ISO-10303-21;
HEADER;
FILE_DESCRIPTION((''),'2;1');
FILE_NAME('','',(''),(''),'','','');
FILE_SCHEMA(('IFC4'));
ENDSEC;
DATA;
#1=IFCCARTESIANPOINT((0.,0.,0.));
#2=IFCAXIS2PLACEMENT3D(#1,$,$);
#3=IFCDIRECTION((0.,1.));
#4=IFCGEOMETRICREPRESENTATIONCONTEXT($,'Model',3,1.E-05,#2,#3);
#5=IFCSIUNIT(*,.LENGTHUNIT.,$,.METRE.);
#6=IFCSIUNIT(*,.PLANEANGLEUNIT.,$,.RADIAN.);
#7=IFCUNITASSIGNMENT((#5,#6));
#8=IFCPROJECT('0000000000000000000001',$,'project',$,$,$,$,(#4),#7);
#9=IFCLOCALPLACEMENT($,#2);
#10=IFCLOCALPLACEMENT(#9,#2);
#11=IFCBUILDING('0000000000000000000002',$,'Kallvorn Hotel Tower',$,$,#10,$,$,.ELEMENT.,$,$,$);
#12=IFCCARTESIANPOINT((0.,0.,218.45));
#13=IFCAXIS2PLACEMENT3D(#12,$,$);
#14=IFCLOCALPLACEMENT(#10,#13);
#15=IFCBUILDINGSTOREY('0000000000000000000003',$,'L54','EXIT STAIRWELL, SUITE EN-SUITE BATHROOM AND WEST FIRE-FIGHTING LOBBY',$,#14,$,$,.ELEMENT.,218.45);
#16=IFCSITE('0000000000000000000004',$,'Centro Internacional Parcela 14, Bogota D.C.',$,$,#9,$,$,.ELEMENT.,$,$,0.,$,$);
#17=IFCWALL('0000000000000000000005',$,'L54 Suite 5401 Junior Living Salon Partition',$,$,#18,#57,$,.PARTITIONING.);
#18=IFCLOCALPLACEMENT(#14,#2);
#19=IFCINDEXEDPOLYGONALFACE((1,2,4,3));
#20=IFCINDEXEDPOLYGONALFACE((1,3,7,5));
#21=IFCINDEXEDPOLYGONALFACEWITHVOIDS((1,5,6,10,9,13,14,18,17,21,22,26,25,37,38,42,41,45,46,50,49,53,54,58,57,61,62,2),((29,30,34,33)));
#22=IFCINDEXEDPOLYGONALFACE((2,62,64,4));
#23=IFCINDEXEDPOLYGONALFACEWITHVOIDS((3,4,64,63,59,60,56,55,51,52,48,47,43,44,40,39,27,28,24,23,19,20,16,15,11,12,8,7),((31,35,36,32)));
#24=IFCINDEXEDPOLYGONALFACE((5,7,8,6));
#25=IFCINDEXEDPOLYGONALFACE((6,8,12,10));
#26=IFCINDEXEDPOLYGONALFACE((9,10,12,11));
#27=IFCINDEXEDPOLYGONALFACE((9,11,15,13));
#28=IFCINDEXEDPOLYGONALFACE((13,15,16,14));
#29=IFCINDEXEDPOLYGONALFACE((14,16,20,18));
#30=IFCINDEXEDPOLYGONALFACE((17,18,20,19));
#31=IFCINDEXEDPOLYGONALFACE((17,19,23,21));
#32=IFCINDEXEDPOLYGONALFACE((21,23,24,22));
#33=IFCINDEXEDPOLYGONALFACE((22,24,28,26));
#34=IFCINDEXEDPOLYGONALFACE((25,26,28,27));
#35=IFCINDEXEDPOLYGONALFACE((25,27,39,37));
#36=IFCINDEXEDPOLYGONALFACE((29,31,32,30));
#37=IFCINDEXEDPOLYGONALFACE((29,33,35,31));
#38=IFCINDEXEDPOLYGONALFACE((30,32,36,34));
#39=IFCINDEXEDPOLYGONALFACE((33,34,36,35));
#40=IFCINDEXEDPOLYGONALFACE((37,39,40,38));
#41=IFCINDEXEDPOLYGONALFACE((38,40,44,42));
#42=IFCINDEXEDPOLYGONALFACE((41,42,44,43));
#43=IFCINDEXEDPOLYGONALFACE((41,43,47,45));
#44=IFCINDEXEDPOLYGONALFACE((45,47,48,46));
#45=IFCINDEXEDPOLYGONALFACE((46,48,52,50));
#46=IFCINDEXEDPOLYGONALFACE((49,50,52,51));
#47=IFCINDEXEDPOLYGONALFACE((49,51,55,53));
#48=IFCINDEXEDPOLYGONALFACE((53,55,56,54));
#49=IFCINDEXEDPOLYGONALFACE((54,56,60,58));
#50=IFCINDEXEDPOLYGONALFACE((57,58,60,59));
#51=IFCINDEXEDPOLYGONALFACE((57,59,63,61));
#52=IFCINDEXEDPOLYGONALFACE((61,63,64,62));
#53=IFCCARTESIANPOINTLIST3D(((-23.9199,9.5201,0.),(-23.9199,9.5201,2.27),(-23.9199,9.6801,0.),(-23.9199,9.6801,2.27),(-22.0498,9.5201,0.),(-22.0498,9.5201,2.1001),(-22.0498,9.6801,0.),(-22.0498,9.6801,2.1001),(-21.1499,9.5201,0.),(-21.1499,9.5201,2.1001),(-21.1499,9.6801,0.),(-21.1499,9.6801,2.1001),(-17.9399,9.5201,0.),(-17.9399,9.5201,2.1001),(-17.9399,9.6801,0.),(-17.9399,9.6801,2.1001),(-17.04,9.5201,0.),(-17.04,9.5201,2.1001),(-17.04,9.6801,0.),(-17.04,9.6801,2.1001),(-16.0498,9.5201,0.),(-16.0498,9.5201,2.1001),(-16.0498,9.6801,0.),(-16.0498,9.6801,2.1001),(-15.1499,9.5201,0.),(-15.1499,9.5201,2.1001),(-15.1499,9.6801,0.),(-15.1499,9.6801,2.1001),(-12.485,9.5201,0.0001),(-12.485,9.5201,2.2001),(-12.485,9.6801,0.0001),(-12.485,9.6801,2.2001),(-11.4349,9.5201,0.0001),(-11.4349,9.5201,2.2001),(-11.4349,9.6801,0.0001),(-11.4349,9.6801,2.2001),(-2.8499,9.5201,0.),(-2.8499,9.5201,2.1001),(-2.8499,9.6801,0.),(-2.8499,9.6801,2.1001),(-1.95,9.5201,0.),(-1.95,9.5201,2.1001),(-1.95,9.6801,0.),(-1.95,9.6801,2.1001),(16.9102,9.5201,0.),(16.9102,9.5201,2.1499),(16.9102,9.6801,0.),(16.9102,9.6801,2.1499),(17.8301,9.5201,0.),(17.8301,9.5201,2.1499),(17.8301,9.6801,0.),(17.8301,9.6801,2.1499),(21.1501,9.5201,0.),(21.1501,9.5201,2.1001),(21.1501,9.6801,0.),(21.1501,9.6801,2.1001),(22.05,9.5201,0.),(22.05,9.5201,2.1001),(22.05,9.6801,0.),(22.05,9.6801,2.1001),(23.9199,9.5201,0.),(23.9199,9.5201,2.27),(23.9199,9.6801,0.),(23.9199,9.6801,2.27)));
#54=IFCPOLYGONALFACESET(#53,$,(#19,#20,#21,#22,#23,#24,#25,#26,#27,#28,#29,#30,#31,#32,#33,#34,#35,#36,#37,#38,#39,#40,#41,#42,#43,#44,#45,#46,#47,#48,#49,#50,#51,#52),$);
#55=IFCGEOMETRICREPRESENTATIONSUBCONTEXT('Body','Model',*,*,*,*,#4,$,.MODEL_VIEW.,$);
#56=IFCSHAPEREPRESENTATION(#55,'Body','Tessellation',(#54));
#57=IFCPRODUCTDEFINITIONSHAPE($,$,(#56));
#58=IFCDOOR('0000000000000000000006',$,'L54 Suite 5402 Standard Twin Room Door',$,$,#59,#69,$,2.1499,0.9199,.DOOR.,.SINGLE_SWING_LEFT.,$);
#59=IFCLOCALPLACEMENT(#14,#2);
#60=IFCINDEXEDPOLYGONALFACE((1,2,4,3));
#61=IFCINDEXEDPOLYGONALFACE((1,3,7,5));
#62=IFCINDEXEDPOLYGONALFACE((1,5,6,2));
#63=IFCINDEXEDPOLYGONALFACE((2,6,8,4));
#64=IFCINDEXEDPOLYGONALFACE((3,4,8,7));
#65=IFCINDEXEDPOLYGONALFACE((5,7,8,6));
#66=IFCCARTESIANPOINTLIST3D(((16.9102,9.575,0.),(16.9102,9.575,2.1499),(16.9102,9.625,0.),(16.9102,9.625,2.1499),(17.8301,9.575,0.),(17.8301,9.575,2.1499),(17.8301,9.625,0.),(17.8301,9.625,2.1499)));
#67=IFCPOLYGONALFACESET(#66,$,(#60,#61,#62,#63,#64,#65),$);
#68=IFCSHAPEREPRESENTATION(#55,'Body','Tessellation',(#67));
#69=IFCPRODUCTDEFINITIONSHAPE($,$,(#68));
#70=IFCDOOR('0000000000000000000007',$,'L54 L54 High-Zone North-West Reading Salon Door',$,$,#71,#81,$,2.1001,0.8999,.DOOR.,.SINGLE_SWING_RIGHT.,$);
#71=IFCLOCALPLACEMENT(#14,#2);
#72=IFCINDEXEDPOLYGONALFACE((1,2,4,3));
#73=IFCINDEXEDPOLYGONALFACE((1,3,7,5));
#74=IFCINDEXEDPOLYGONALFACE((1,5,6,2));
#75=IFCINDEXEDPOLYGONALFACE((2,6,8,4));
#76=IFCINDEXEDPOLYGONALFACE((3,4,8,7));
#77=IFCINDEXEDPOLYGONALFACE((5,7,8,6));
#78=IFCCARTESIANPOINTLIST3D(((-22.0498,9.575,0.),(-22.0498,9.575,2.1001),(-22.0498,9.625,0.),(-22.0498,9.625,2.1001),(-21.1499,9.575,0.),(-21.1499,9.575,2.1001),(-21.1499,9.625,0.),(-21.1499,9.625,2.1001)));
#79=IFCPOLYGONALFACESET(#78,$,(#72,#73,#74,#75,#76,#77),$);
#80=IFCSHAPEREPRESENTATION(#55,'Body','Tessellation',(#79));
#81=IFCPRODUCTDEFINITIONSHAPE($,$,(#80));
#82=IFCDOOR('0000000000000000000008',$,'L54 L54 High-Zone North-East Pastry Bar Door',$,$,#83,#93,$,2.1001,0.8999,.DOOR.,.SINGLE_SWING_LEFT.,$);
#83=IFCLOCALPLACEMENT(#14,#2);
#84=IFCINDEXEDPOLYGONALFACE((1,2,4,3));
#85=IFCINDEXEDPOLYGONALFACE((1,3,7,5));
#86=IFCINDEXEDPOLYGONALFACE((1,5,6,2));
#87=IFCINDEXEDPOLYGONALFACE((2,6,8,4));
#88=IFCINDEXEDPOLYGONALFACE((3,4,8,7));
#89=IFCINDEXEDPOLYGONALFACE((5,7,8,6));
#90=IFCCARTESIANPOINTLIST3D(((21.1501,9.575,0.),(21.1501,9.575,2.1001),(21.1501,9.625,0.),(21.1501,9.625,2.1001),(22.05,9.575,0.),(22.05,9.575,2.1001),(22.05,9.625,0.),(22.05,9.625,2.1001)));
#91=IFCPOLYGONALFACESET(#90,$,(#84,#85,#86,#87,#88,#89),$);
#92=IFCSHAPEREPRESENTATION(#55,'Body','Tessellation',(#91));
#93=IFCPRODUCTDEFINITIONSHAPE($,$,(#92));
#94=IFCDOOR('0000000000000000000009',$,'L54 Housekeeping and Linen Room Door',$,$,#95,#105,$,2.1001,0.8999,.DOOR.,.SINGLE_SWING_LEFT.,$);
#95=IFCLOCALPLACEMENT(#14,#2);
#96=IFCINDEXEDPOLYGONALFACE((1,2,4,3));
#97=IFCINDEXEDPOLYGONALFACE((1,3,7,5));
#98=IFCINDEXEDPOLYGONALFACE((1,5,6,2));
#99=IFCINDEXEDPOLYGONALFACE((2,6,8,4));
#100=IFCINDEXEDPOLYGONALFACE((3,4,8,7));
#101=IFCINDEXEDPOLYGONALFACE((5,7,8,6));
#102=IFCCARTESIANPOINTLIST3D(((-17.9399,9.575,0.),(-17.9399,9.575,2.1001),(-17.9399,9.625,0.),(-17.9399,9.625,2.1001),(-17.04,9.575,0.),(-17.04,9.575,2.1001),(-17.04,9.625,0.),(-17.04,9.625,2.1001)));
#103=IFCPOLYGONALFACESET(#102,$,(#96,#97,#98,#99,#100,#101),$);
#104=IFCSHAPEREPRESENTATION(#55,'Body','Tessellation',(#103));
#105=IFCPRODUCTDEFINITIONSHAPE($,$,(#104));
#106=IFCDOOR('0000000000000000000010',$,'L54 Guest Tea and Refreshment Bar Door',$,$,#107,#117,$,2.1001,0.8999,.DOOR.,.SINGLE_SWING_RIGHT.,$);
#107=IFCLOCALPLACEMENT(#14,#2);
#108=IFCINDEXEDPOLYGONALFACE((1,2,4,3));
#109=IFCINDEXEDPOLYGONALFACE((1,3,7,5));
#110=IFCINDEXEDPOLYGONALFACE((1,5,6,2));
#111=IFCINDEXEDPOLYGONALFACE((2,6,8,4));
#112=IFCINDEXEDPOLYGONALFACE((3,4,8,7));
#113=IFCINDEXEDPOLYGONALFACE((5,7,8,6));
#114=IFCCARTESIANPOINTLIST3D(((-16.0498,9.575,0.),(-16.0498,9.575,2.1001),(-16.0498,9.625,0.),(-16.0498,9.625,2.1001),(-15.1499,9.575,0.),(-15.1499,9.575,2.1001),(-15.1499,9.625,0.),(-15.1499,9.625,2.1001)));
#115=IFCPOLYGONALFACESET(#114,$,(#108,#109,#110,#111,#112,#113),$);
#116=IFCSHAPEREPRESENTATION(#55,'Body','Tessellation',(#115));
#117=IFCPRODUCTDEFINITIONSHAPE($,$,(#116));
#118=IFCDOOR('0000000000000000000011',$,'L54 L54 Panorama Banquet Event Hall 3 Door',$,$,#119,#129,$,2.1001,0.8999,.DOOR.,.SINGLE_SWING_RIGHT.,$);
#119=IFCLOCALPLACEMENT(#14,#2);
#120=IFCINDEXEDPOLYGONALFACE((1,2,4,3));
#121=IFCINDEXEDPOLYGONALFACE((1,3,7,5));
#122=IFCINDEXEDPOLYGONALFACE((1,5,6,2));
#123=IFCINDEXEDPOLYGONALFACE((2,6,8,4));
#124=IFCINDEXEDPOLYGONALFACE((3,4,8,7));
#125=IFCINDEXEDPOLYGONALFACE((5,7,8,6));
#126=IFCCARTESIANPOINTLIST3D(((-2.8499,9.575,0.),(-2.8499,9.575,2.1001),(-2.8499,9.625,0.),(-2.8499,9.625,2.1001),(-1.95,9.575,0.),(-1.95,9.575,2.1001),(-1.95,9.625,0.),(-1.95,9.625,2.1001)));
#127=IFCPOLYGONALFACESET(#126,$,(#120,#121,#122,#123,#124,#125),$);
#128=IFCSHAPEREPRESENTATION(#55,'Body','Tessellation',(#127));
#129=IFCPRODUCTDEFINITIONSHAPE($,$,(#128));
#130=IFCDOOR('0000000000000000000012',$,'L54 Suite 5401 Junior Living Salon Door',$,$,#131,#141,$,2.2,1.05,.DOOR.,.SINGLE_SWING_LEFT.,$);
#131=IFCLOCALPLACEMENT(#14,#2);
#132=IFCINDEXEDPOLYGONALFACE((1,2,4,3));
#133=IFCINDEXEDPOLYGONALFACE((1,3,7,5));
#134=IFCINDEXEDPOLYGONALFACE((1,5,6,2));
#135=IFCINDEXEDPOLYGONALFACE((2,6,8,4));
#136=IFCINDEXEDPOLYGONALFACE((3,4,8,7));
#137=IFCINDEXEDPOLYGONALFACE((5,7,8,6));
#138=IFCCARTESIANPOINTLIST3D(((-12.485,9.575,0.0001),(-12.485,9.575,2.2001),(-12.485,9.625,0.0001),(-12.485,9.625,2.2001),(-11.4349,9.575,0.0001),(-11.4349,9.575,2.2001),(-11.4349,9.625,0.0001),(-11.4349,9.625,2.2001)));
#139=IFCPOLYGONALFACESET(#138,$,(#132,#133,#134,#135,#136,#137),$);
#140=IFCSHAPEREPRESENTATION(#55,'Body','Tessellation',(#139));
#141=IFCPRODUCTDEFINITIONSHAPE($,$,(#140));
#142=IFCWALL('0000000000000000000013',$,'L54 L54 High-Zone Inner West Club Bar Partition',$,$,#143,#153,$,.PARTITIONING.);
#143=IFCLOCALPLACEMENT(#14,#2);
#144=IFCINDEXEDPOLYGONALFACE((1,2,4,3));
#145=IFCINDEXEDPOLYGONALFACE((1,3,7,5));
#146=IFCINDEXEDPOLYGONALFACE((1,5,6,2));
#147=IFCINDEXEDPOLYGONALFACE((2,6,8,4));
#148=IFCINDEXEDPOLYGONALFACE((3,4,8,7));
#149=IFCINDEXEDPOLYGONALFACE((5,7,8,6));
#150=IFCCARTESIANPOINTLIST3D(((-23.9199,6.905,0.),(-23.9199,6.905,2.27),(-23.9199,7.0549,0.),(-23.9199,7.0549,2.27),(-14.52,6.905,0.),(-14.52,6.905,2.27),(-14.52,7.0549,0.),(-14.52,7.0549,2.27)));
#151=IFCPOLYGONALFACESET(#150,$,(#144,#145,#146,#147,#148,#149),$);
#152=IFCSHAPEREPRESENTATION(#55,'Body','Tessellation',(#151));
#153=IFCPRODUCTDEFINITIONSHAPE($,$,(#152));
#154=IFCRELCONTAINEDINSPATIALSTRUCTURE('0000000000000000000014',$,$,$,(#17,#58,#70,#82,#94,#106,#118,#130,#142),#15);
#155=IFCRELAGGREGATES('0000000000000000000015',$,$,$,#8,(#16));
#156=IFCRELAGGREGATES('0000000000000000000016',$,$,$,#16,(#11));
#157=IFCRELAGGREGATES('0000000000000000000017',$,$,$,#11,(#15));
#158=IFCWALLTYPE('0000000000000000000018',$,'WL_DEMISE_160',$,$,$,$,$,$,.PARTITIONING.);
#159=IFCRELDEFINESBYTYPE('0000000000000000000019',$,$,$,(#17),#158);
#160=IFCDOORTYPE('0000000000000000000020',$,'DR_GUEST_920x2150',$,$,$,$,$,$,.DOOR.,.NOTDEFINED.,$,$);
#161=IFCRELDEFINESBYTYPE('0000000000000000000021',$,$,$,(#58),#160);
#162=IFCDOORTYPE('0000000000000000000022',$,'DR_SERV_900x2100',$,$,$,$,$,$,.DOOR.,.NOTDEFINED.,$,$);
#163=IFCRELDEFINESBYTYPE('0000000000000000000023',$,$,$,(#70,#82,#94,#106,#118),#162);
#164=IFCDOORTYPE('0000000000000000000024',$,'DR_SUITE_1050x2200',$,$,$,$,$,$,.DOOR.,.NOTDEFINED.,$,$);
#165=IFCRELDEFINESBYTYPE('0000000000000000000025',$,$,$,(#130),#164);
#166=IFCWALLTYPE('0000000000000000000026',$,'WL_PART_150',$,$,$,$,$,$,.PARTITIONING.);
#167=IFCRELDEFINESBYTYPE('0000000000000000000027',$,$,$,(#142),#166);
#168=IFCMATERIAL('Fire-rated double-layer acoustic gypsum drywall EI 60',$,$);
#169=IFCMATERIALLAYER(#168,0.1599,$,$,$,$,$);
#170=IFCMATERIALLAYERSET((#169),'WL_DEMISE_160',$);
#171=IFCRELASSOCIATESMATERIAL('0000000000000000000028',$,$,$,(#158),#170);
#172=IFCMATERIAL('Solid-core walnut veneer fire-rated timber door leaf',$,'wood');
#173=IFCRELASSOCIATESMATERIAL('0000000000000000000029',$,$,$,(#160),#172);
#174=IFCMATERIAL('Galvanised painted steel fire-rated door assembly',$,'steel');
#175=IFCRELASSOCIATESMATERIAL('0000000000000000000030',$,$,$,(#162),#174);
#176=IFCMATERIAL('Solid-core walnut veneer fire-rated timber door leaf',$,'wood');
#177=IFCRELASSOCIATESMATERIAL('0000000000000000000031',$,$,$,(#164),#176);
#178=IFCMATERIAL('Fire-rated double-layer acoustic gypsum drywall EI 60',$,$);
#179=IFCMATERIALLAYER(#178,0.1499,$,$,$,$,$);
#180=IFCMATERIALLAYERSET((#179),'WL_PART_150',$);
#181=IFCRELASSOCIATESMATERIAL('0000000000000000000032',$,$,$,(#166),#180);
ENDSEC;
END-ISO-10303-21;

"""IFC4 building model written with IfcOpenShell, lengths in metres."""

from ifc_helpers import new_model, si_unit, direction, frame, frame_2d, origin, place, context, subcontext, project, spatial, rectangle, extrude, material, layer, layer_set, type_object, element, fill, save


model = new_model("IFC4")

# Units and contexts
model_context = context("Model", 3, precision=1e-05, world=origin(), true_north=direction((0.0, 1.0)))
body_context = subcontext(model_context, "Body", "Model", "MODEL_VIEW")
ifc_project = project(units=[si_unit("LENGTHUNIT", "METRE"), si_unit("PLANEANGLEUNIT", "RADIAN")], contexts=[model_context])

# Site, building, storey
site_placement = place(None, origin())
site = spatial("IfcSite", under=ifc_project, at=site_placement, Name="Centro Internacional Parcela 14, Bogota D.C.", CompositionType="ELEMENT", RefElevation=0.0)
building_placement = place(site_placement, origin())
building = spatial("IfcBuilding", under=site, at=building_placement, Name="Kallvorn Hotel Tower", CompositionType="ELEMENT")
storey_placement = place(building_placement, frame((0.0, 0.0, 218.45)))
storey = spatial("IfcBuildingStorey", under=building, at=storey_placement, Name="L54", Description="EXIT STAIRWELL, SUITE EN-SUITE BATHROOM AND WEST FIRE-FIGHTING LOBBY", CompositionType="ELEMENT", Elevation=218.45)

# Wall, openings, doors
ifc_material_1 = material(Name="Fire-rated double-layer acoustic gypsum drywall EI 60")
ifc_layer_1 = layer(ifc_material_1, 0.1599)
ifc_layer_set_1 = layer_set([ifc_layer_1], Name="WL_DEMISE_160")
wall_type_1 = type_object("IfcWallType", Name="WL_DEMISE_160", PredefinedType="PARTITIONING", material=ifc_layer_set_1)
wall_1_placement = place(storey_placement, frame((-23.9199, 9.6001, 0.0), z_axis=(0.0, 0.0, 1.0), x_axis=(1.0, 0.0, 0.0)))
wall_1 = element("IfcWall", 1, at=wall_1_placement, inside=storey, type_object=wall_type_1, Name="L54 Suite 5401 Junior Living Salon Partition", PredefinedType="PARTITIONING", context=body_context, shape_type="SweptSolid", body=[
    extrude(rectangle(XDim=47.8398, YDim=0.1599, at=frame_2d((23.9199, 0.0))), origin(), (0.0, 0.0, 1.0), 2.27),
])
opening_1_placement = place(wall_1_placement, frame((1.8701, 0.0, 0.0)))
opening_1 = element("IfcOpeningElement", 2, at=opening_1_placement, cuts=wall_1, PredefinedType="OPENING", context=body_context, shape_type="SweptSolid", body=[
    extrude(rectangle(XDim=0.8999, YDim=2.1001, at=frame_2d((0.45, 1.05))), frame((0.0, 0.095, 0.0), z_axis=(0.0, -1.0, 0.0), x_axis=(1.0, 0.0, 0.0)), (0.0, 0.0, 1.0), 0.1899),
])
opening_2_placement = place(wall_1_placement, frame((45.0701, 0.0, 0.0)))
opening_2 = element("IfcOpeningElement", 3, at=opening_2_placement, cuts=wall_1, PredefinedType="OPENING", context=body_context, shape_type="SweptSolid", body=[
    extrude(rectangle(XDim=0.8999, YDim=2.1001, at=frame_2d((0.45, 1.05))), frame((0.0, 0.095, 0.0), z_axis=(0.0, -1.0, 0.0), x_axis=(1.0, 0.0, 0.0)), (0.0, 0.0, 1.0), 0.1899),
])
opening_3_placement = place(wall_1_placement, frame((5.98, 0.0, 0.0)))
opening_3 = element("IfcOpeningElement", 4, at=opening_3_placement, cuts=wall_1, PredefinedType="OPENING", context=body_context, shape_type="SweptSolid", body=[
    extrude(rectangle(XDim=0.8999, YDim=2.1001, at=frame_2d((0.45, 1.05))), frame((0.0, 0.095, 0.0), z_axis=(0.0, -1.0, 0.0), x_axis=(1.0, 0.0, 0.0)), (0.0, 0.0, 1.0), 0.1899),
])
opening_4_placement = place(wall_1_placement, frame((7.8701, 0.0, 0.0)))
opening_4 = element("IfcOpeningElement", 5, at=opening_4_placement, cuts=wall_1, PredefinedType="OPENING", context=body_context, shape_type="SweptSolid", body=[
    extrude(rectangle(XDim=0.8999, YDim=2.1001, at=frame_2d((0.45, 1.05))), frame((0.0, 0.095, 0.0), z_axis=(0.0, -1.0, 0.0), x_axis=(1.0, 0.0, 0.0)), (0.0, 0.0, 1.0), 0.1899),
])
opening_5_placement = place(wall_1_placement, frame((11.4351, 0.0, 0.0)))
opening_5 = element("IfcOpeningElement", 6, at=opening_5_placement, cuts=wall_1, PredefinedType="OPENING", context=body_context, shape_type="SweptSolid", body=[
    extrude(rectangle(XDim=1.05, YDim=2.2, at=frame_2d((0.5249, 1.1001))), frame((0.0, 0.095, 0.0), z_axis=(0.0, -1.0, 0.0), x_axis=(1.0, 0.0, 0.0)), (0.0, 0.0, 1.0), 0.1899),
])
opening_6_placement = place(wall_1_placement, frame((21.0701, 0.0, 0.0)))
opening_6 = element("IfcOpeningElement", 7, at=opening_6_placement, cuts=wall_1, PredefinedType="OPENING", context=body_context, shape_type="SweptSolid", body=[
    extrude(rectangle(XDim=0.8999, YDim=2.1001, at=frame_2d((0.45, 1.05))), frame((0.0, 0.095, 0.0), z_axis=(0.0, -1.0, 0.0), x_axis=(1.0, 0.0, 0.0)), (0.0, 0.0, 1.0), 0.1899),
])
opening_7_placement = place(wall_1_placement, frame((40.8301, 0.0, 0.0)))
opening_7 = element("IfcOpeningElement", 8, at=opening_7_placement, cuts=wall_1, PredefinedType="OPENING", context=body_context, shape_type="SweptSolid", body=[
    extrude(rectangle(XDim=0.9199, YDim=2.1499, at=frame_2d((0.46, 1.075))), frame((0.0, 0.095, 0.0), z_axis=(0.0, -1.0, 0.0), x_axis=(1.0, 0.0, 0.0)), (0.0, 0.0, 1.0), 0.1899),
])
ifc_material_2 = material(Name="Solid-core walnut veneer fire-rated timber door leaf", Category="wood")
door_type_1 = type_object("IfcDoorType", Name="DR_GUEST_920x2150", OperationType="NOTDEFINED", PredefinedType="DOOR", material=ifc_material_2)
door_1_placement = place(opening_7_placement, origin())
door_1 = element("IfcDoor", 9, at=door_1_placement, inside=storey, type_object=door_type_1, Name="L54 Suite 5402 Standard Twin Room Door", OperationType="SINGLE_SWING_LEFT", OverallHeight=2.1499, OverallWidth=0.9199, PredefinedType="DOOR", context=body_context, shape_type="SweptSolid", body=[
    extrude(rectangle(XDim=0.9199, YDim=2.1499, at=frame_2d((0.46, 1.075))), frame((0.0, 0.0249, 0.0), z_axis=(0.0, -1.0, 0.0), x_axis=(1.0, 0.0, 0.0)), (0.0, 0.0, 1.0), 0.05),
])
fill(opening_7, door_1)
ifc_material_3 = material(Name="Galvanised painted steel fire-rated door assembly", Category="steel")
door_type_2 = type_object("IfcDoorType", Name="DR_SERV_900x2100", OperationType="NOTDEFINED", PredefinedType="DOOR", material=ifc_material_3)
door_2_placement = place(opening_1_placement, origin())
door_2 = element("IfcDoor", 10, at=door_2_placement, inside=storey, type_object=door_type_2, Name="L54 L54 High-Zone North-West Reading Salon Door", OperationType="SINGLE_SWING_RIGHT", OverallHeight=2.1001, OverallWidth=0.8999, PredefinedType="DOOR", context=body_context, shape_type="SweptSolid", body=[
    extrude(rectangle(XDim=0.8999, YDim=2.1001, at=frame_2d((0.45, 1.05))), frame((0.0, 0.0249, 0.0), z_axis=(0.0, -1.0, 0.0), x_axis=(1.0, 0.0, 0.0)), (0.0, 0.0, 1.0), 0.05),
])
fill(opening_1, door_2)
door_3_placement = place(opening_2_placement, origin())
door_3 = element("IfcDoor", 11, at=door_3_placement, inside=storey, type_object=door_type_2, Name="L54 L54 High-Zone North-East Pastry Bar Door", OperationType="SINGLE_SWING_LEFT", OverallHeight=2.1001, OverallWidth=0.8999, PredefinedType="DOOR", context=body_context, shape_type="SweptSolid", body=[
    extrude(rectangle(XDim=0.8999, YDim=2.1001, at=frame_2d((0.45, 1.05))), frame((0.0, 0.0249, 0.0), z_axis=(0.0, -1.0, 0.0), x_axis=(1.0, 0.0, 0.0)), (0.0, 0.0, 1.0), 0.05),
])
fill(opening_2, door_3)
door_4_placement = place(opening_3_placement, origin())
door_4 = element("IfcDoor", 12, at=door_4_placement, inside=storey, type_object=door_type_2, Name="L54 Housekeeping and Linen Room Door", OperationType="SINGLE_SWING_LEFT", OverallHeight=2.1001, OverallWidth=0.8999, PredefinedType="DOOR", context=body_context, shape_type="SweptSolid", body=[
    extrude(rectangle(XDim=0.8999, YDim=2.1001, at=frame_2d((0.45, 1.05))), frame((0.0, 0.0249, 0.0), z_axis=(0.0, -1.0, 0.0), x_axis=(1.0, 0.0, 0.0)), (0.0, 0.0, 1.0), 0.05),
])
fill(opening_3, door_4)
door_5_placement = place(opening_4_placement, origin())
door_5 = element("IfcDoor", 13, at=door_5_placement, inside=storey, type_object=door_type_2, Name="L54 Guest Tea and Refreshment Bar Door", OperationType="SINGLE_SWING_RIGHT", OverallHeight=2.1001, OverallWidth=0.8999, PredefinedType="DOOR", context=body_context, shape_type="SweptSolid", body=[
    extrude(rectangle(XDim=0.8999, YDim=2.1001, at=frame_2d((0.45, 1.05))), frame((0.0, 0.0249, 0.0), z_axis=(0.0, -1.0, 0.0), x_axis=(1.0, 0.0, 0.0)), (0.0, 0.0, 1.0), 0.05),
])
fill(opening_4, door_5)
door_6_placement = place(opening_6_placement, origin())
door_6 = element("IfcDoor", 14, at=door_6_placement, inside=storey, type_object=door_type_2, Name="L54 L54 Panorama Banquet Event Hall 3 Door", OperationType="SINGLE_SWING_RIGHT", OverallHeight=2.1001, OverallWidth=0.8999, PredefinedType="DOOR", context=body_context, shape_type="SweptSolid", body=[
    extrude(rectangle(XDim=0.8999, YDim=2.1001, at=frame_2d((0.45, 1.05))), frame((0.0, 0.0249, 0.0), z_axis=(0.0, -1.0, 0.0), x_axis=(1.0, 0.0, 0.0)), (0.0, 0.0, 1.0), 0.05),
])
fill(opening_6, door_6)
ifc_material_4 = material(Name="Solid-core walnut veneer fire-rated timber door leaf", Category="wood")
door_type_3 = type_object("IfcDoorType", Name="DR_SUITE_1050x2200", OperationType="NOTDEFINED", PredefinedType="DOOR", material=ifc_material_4)
door_7_placement = place(opening_5_placement, origin())
door_7 = element("IfcDoor", 15, at=door_7_placement, inside=storey, type_object=door_type_3, Name="L54 Suite 5401 Junior Living Salon Door", OperationType="SINGLE_SWING_LEFT", OverallHeight=2.2, OverallWidth=1.05, PredefinedType="DOOR", context=body_context, shape_type="SweptSolid", body=[
    extrude(rectangle(XDim=1.05, YDim=2.2, at=frame_2d((0.5249, 1.1001))), frame((0.0, 0.0249, 0.0), z_axis=(0.0, -1.0, 0.0), x_axis=(1.0, 0.0, 0.0)), (0.0, 0.0, 1.0), 0.05),
])
fill(opening_5, door_7)

# Wall
ifc_material_5 = material(Name="Fire-rated double-layer acoustic gypsum drywall EI 60")
ifc_layer_2 = layer(ifc_material_5, 0.1499)
ifc_layer_set_2 = layer_set([ifc_layer_2], Name="WL_PART_150")
wall_type_2 = type_object("IfcWallType", Name="WL_PART_150", PredefinedType="PARTITIONING", material=ifc_layer_set_2)
wall_2_placement = place(storey_placement, frame((-23.9199, 6.98, 0.0), z_axis=(0.0, 0.0, 1.0), x_axis=(1.0, 0.0, 0.0)))
element("IfcWall", 16, at=wall_2_placement, inside=storey, type_object=wall_type_2, Name="L54 L54 High-Zone Inner West Club Bar Partition", PredefinedType="PARTITIONING", context=body_context, shape_type="SweptSolid", body=[
    extrude(rectangle(XDim=9.3999, YDim=0.1499, at=frame_2d((4.7, 0.0))), origin(), (0.0, 0.0, 1.0), 2.27),
])

save(model, "model.ifc")
